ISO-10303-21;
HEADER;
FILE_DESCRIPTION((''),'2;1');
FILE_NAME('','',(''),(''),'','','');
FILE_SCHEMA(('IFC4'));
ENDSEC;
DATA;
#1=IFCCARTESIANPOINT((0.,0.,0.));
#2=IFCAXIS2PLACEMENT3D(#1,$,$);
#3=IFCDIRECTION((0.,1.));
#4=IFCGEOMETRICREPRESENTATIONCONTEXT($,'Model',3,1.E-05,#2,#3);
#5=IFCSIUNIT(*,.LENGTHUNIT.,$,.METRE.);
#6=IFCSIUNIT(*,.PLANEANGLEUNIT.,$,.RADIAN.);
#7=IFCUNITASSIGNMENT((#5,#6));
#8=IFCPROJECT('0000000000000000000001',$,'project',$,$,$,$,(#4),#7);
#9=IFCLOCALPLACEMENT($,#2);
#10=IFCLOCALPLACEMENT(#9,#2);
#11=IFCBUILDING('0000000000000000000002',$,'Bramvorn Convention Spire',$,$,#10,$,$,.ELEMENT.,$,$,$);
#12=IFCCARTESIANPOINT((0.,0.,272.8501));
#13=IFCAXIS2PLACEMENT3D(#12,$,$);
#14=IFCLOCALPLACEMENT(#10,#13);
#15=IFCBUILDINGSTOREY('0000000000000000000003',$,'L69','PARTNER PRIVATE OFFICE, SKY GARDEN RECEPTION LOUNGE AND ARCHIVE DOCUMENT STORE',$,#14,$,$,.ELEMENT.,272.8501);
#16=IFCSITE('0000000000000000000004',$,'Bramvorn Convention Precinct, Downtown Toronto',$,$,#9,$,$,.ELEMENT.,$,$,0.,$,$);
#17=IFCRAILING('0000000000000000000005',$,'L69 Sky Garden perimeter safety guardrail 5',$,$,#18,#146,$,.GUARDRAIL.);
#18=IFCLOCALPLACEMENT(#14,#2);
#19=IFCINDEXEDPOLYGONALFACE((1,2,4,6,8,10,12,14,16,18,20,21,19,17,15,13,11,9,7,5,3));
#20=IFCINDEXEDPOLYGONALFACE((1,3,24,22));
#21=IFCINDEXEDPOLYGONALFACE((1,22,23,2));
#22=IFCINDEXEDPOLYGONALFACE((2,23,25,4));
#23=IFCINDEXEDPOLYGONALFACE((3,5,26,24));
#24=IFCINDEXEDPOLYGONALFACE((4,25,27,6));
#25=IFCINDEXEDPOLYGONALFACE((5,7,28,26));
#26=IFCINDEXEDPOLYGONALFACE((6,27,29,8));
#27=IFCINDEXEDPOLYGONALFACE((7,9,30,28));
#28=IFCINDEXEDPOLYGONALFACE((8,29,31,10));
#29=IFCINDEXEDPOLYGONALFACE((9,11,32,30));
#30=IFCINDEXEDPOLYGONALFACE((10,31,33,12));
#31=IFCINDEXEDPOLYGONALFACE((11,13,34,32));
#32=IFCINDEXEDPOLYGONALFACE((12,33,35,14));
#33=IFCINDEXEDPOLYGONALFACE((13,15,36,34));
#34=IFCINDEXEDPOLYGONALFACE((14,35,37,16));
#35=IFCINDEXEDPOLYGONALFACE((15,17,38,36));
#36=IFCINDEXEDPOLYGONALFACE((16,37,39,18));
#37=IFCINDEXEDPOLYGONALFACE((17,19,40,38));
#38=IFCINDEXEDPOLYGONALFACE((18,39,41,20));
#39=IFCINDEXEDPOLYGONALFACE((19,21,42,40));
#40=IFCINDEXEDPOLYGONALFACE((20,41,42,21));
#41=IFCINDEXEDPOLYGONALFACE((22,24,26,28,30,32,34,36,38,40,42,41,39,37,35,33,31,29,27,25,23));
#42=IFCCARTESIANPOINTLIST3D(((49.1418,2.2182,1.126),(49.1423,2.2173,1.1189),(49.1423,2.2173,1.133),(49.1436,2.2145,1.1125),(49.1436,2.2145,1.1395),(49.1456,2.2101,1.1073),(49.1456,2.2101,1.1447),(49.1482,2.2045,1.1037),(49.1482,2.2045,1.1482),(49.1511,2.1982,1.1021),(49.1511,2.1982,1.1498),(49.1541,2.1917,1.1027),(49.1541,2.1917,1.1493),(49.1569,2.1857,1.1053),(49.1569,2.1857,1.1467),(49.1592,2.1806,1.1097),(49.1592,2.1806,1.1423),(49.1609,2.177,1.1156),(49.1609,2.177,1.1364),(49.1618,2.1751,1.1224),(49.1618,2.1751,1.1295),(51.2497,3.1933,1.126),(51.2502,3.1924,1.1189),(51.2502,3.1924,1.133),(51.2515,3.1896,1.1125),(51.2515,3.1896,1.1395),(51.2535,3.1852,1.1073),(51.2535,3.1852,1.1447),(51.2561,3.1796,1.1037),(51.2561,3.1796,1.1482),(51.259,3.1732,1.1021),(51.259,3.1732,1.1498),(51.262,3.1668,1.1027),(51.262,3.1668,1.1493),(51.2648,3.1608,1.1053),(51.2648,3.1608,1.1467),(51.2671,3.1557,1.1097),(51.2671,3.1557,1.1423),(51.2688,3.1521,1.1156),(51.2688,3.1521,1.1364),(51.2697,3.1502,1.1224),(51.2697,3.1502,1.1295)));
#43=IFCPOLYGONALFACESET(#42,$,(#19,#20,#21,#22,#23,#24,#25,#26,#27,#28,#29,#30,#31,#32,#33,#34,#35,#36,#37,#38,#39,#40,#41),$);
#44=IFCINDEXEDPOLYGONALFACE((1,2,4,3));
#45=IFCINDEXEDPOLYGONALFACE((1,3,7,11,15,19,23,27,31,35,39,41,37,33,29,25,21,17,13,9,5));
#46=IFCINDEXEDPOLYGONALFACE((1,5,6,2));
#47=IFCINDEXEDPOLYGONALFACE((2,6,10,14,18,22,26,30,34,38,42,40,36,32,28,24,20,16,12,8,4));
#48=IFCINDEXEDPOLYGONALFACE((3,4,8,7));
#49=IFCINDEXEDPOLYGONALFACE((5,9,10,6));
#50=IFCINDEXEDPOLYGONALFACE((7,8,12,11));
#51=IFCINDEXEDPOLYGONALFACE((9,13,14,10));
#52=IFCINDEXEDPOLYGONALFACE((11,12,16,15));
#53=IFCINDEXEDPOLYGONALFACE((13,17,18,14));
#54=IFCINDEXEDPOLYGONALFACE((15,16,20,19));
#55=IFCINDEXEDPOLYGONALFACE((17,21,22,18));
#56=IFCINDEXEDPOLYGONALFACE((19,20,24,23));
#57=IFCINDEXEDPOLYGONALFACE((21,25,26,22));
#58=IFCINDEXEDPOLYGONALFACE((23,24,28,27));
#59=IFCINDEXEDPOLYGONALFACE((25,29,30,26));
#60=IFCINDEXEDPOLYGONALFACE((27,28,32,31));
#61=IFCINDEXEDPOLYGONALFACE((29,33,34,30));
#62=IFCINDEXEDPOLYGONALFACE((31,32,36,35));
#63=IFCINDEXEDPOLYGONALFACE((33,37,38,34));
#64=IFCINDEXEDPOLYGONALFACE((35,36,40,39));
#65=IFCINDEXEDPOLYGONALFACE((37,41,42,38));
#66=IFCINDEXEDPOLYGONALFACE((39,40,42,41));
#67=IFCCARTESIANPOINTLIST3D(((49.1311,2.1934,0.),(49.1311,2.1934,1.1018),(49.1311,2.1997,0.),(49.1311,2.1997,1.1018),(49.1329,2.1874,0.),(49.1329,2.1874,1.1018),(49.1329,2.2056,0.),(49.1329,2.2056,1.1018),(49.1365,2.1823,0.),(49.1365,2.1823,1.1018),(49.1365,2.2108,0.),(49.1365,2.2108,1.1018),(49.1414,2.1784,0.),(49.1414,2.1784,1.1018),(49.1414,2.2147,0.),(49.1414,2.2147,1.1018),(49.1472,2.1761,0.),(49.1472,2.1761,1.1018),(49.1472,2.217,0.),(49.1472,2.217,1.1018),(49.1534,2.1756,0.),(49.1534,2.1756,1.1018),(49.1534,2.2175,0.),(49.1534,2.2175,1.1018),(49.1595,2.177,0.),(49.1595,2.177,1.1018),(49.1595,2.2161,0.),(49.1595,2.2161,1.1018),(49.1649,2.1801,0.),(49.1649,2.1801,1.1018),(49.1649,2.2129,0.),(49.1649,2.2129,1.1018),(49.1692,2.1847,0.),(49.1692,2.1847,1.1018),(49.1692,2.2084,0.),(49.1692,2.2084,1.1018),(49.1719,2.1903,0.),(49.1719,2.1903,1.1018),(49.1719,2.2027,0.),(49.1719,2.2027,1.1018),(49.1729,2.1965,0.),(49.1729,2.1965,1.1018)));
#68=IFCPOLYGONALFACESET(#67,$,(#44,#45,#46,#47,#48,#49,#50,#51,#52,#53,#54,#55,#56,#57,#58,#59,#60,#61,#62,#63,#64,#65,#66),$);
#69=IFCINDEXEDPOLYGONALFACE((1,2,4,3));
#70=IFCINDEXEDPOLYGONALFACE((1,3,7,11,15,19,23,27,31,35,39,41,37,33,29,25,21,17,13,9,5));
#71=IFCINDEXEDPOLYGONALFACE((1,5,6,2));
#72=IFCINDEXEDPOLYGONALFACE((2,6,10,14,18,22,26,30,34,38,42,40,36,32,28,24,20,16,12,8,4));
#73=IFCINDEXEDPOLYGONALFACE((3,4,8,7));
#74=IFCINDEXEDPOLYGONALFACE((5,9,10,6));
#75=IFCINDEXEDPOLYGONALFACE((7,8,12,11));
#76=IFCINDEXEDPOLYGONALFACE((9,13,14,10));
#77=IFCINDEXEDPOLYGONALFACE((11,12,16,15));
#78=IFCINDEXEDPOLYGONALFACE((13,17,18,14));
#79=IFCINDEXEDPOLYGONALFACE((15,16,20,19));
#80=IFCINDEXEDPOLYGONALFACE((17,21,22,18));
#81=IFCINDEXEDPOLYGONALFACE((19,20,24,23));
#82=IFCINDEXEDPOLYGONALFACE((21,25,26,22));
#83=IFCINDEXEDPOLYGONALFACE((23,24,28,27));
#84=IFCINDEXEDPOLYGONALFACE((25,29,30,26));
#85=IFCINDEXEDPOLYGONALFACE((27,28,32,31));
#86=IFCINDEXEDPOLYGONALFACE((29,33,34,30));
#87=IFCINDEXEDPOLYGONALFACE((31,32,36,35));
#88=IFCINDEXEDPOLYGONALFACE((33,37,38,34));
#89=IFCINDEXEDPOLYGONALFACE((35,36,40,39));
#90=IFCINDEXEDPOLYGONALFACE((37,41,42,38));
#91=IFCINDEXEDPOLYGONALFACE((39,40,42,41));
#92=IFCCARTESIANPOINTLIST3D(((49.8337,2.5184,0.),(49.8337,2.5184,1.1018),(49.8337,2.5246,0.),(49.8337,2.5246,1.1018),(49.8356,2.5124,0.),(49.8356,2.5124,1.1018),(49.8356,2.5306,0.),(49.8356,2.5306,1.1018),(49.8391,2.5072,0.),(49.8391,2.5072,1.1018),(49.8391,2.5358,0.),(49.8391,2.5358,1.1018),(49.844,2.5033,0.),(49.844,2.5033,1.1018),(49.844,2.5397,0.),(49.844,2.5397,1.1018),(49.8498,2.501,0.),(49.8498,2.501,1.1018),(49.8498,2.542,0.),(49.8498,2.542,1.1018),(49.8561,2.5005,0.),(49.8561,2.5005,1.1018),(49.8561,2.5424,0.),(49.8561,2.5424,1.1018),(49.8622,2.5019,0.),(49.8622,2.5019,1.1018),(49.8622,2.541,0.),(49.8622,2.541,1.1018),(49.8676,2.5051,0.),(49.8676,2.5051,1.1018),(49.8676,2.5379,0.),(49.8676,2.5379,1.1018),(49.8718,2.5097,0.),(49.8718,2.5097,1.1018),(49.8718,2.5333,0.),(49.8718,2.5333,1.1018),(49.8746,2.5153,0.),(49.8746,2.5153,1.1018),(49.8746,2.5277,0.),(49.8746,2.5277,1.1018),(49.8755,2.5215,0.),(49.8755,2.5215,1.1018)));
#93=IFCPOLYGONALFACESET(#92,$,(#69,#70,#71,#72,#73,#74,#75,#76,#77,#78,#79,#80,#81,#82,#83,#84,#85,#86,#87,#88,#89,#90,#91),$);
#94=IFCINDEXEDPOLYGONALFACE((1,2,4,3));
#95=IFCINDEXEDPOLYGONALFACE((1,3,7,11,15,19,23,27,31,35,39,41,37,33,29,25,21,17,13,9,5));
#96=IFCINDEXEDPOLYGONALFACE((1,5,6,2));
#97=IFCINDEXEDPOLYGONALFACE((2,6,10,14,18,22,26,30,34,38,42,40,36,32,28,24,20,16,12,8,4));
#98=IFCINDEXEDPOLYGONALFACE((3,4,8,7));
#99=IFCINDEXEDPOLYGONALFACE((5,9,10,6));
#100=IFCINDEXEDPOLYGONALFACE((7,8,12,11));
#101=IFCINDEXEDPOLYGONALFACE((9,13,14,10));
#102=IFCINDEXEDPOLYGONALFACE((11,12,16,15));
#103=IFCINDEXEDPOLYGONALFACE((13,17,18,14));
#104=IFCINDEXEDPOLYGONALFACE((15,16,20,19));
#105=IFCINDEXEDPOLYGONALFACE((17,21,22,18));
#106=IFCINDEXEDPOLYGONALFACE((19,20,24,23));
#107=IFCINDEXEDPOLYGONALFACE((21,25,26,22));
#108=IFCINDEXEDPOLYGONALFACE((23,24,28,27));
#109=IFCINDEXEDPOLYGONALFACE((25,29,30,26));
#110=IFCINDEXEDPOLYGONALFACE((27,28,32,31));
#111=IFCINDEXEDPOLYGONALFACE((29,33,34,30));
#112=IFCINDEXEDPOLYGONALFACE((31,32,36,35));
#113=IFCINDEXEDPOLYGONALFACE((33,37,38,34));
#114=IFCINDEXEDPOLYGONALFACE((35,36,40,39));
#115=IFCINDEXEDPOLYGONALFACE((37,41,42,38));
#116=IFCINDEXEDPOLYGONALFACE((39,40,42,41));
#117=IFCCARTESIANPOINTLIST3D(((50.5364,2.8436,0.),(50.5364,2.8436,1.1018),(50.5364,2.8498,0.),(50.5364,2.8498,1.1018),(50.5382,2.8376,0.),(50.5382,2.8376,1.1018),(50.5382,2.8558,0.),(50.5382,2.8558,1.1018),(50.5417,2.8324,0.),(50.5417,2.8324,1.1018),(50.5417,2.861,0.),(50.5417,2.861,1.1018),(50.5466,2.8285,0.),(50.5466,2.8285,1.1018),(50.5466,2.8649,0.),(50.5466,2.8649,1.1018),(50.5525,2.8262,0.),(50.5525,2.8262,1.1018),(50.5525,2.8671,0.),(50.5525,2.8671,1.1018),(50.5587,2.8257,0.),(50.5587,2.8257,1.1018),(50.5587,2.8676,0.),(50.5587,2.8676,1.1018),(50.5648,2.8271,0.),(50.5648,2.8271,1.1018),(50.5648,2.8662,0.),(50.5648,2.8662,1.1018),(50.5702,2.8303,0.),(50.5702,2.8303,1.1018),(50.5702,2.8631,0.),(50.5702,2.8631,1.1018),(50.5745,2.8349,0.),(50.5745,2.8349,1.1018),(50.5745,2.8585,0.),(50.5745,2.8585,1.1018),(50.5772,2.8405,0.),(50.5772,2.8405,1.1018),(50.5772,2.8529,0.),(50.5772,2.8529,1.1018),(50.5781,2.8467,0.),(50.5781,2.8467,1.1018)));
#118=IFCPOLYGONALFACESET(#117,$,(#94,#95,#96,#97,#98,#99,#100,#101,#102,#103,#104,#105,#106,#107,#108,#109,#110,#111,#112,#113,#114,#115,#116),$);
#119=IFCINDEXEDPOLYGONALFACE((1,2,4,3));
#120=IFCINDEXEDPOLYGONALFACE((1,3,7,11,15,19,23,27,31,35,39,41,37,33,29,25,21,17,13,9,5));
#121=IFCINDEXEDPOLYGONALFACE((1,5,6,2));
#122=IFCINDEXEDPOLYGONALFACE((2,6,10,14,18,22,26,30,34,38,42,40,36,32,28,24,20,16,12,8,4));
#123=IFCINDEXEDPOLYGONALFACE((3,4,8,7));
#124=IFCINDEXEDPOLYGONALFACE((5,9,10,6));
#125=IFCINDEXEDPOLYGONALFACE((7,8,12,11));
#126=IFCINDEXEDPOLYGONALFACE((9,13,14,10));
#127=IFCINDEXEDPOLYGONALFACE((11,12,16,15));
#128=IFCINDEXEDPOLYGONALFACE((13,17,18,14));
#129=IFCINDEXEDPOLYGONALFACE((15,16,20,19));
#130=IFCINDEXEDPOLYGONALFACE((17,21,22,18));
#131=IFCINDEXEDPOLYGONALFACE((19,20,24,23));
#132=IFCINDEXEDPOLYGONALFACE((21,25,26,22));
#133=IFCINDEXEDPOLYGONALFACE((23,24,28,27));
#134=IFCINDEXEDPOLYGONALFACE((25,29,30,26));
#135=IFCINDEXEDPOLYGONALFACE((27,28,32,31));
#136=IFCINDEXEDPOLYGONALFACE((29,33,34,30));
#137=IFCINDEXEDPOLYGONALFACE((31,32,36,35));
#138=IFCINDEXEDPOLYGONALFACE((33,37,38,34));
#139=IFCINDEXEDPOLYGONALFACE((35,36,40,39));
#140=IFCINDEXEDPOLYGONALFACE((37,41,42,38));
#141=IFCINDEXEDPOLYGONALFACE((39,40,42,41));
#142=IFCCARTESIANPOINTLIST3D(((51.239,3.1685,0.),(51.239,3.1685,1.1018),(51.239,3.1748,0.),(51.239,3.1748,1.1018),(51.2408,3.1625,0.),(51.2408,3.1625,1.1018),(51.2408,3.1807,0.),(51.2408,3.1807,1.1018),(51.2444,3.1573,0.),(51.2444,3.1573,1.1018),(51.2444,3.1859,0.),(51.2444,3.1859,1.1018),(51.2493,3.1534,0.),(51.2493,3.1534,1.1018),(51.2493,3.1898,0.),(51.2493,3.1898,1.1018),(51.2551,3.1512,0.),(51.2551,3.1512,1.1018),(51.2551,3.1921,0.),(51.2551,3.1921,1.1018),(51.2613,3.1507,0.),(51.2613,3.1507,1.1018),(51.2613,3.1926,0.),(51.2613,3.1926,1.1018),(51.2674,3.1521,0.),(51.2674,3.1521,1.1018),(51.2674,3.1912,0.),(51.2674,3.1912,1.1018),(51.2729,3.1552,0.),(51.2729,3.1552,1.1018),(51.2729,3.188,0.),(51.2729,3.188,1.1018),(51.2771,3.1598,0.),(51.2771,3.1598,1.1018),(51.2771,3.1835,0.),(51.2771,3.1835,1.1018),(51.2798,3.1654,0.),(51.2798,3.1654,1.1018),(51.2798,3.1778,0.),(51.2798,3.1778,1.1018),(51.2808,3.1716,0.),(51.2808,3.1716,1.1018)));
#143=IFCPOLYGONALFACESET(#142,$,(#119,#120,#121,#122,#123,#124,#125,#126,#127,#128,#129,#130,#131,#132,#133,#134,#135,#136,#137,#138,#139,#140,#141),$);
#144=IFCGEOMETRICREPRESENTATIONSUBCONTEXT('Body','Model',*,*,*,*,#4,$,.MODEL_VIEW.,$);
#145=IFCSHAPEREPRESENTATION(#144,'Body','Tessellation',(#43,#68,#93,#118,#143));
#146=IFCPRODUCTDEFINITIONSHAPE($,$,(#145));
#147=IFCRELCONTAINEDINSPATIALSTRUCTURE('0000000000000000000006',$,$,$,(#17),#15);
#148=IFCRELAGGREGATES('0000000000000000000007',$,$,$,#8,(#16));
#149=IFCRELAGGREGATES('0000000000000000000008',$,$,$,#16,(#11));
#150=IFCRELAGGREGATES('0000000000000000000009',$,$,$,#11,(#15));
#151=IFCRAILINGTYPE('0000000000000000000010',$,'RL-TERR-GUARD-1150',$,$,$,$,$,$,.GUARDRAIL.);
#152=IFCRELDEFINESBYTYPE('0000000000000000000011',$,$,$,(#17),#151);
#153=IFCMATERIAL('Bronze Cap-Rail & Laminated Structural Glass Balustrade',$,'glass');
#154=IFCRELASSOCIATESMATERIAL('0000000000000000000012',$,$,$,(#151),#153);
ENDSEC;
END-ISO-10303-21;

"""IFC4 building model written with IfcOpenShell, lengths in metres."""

from ifc_helpers import new_model, si_unit, direction, frame, origin, origin_2d, place, context, subcontext, project, spatial, circle, extrude, material, type_object, element, save


model = new_model("IFC4")

# Units and contexts
model_context = context("Model", 3, precision=1e-05, world=origin(), true_north=direction((0.0, 1.0)))
body_context = subcontext(model_context, "Body", "Model", "MODEL_VIEW")
ifc_project = project(units=[si_unit("LENGTHUNIT", "METRE"), si_unit("PLANEANGLEUNIT", "RADIAN")], contexts=[model_context])

# Site, building, storey
site_placement = place(None, origin())
site = spatial("IfcSite", under=ifc_project, at=site_placement, Name="Bramvorn Convention Precinct, Downtown Toronto", CompositionType="ELEMENT", RefElevation=0.0)
building_placement = place(site_placement, origin())
building = spatial("IfcBuilding", under=site, at=building_placement, Name="Bramvorn Convention Spire", CompositionType="ELEMENT")
storey_placement = place(building_placement, frame((0.0, 0.0, 272.8501)))
storey = spatial("IfcBuildingStorey", under=building, at=storey_placement, Name="L69", Description="PARTNER PRIVATE OFFICE, SKY GARDEN RECEPTION LOUNGE AND ARCHIVE DOCUMENT STORE", CompositionType="ELEMENT", Elevation=272.8501)

# Railing
ifc_material_1 = material(Name="Bronze Cap-Rail & Laminated Structural Glass Balustrade", Category="glass")
railing_type = type_object("IfcRailingType", Name="RL-TERR-GUARD-1150", PredefinedType="GUARDRAIL", material=ifc_material_1)
railing_1_placement = place(storey_placement, frame((49.1519, 2.1965, 0.0)))
element("IfcRailing", 1, at=railing_1_placement, inside=storey, type_object=railing_type, Name="L69 Sky Garden perimeter safety guardrail 5", PredefinedType="GUARDRAIL", context=body_context, shape_type="SweptSolid", body=[
    extrude(circle(Radius=0.0239, at=origin_2d()), frame((0.0, 0.0, 1.126), z_axis=(0.907596, 0.419845, 0.0), x_axis=(-0.419845, 0.907596, 0.0)), (0.0, 0.0, 1.0), 2.3225),
    extrude(circle(Radius=0.021, at=origin_2d()), origin(), (0.0, 0.0, 1.0), 1.1018),
    extrude(circle(Radius=0.021, at=origin_2d()), frame((0.7026, 0.325, 0.0)), (0.0, 0.0, 1.0), 1.1018),
    extrude(circle(Radius=0.021, at=origin_2d()), frame((1.4053, 0.6501, 0.0)), (0.0, 0.0, 1.0), 1.1018),
    extrude(circle(Radius=0.021, at=origin_2d()), frame((2.1079, 0.9751, 0.0)), (0.0, 0.0, 1.0), 1.1018),
])

save(model, "model.ifc")
